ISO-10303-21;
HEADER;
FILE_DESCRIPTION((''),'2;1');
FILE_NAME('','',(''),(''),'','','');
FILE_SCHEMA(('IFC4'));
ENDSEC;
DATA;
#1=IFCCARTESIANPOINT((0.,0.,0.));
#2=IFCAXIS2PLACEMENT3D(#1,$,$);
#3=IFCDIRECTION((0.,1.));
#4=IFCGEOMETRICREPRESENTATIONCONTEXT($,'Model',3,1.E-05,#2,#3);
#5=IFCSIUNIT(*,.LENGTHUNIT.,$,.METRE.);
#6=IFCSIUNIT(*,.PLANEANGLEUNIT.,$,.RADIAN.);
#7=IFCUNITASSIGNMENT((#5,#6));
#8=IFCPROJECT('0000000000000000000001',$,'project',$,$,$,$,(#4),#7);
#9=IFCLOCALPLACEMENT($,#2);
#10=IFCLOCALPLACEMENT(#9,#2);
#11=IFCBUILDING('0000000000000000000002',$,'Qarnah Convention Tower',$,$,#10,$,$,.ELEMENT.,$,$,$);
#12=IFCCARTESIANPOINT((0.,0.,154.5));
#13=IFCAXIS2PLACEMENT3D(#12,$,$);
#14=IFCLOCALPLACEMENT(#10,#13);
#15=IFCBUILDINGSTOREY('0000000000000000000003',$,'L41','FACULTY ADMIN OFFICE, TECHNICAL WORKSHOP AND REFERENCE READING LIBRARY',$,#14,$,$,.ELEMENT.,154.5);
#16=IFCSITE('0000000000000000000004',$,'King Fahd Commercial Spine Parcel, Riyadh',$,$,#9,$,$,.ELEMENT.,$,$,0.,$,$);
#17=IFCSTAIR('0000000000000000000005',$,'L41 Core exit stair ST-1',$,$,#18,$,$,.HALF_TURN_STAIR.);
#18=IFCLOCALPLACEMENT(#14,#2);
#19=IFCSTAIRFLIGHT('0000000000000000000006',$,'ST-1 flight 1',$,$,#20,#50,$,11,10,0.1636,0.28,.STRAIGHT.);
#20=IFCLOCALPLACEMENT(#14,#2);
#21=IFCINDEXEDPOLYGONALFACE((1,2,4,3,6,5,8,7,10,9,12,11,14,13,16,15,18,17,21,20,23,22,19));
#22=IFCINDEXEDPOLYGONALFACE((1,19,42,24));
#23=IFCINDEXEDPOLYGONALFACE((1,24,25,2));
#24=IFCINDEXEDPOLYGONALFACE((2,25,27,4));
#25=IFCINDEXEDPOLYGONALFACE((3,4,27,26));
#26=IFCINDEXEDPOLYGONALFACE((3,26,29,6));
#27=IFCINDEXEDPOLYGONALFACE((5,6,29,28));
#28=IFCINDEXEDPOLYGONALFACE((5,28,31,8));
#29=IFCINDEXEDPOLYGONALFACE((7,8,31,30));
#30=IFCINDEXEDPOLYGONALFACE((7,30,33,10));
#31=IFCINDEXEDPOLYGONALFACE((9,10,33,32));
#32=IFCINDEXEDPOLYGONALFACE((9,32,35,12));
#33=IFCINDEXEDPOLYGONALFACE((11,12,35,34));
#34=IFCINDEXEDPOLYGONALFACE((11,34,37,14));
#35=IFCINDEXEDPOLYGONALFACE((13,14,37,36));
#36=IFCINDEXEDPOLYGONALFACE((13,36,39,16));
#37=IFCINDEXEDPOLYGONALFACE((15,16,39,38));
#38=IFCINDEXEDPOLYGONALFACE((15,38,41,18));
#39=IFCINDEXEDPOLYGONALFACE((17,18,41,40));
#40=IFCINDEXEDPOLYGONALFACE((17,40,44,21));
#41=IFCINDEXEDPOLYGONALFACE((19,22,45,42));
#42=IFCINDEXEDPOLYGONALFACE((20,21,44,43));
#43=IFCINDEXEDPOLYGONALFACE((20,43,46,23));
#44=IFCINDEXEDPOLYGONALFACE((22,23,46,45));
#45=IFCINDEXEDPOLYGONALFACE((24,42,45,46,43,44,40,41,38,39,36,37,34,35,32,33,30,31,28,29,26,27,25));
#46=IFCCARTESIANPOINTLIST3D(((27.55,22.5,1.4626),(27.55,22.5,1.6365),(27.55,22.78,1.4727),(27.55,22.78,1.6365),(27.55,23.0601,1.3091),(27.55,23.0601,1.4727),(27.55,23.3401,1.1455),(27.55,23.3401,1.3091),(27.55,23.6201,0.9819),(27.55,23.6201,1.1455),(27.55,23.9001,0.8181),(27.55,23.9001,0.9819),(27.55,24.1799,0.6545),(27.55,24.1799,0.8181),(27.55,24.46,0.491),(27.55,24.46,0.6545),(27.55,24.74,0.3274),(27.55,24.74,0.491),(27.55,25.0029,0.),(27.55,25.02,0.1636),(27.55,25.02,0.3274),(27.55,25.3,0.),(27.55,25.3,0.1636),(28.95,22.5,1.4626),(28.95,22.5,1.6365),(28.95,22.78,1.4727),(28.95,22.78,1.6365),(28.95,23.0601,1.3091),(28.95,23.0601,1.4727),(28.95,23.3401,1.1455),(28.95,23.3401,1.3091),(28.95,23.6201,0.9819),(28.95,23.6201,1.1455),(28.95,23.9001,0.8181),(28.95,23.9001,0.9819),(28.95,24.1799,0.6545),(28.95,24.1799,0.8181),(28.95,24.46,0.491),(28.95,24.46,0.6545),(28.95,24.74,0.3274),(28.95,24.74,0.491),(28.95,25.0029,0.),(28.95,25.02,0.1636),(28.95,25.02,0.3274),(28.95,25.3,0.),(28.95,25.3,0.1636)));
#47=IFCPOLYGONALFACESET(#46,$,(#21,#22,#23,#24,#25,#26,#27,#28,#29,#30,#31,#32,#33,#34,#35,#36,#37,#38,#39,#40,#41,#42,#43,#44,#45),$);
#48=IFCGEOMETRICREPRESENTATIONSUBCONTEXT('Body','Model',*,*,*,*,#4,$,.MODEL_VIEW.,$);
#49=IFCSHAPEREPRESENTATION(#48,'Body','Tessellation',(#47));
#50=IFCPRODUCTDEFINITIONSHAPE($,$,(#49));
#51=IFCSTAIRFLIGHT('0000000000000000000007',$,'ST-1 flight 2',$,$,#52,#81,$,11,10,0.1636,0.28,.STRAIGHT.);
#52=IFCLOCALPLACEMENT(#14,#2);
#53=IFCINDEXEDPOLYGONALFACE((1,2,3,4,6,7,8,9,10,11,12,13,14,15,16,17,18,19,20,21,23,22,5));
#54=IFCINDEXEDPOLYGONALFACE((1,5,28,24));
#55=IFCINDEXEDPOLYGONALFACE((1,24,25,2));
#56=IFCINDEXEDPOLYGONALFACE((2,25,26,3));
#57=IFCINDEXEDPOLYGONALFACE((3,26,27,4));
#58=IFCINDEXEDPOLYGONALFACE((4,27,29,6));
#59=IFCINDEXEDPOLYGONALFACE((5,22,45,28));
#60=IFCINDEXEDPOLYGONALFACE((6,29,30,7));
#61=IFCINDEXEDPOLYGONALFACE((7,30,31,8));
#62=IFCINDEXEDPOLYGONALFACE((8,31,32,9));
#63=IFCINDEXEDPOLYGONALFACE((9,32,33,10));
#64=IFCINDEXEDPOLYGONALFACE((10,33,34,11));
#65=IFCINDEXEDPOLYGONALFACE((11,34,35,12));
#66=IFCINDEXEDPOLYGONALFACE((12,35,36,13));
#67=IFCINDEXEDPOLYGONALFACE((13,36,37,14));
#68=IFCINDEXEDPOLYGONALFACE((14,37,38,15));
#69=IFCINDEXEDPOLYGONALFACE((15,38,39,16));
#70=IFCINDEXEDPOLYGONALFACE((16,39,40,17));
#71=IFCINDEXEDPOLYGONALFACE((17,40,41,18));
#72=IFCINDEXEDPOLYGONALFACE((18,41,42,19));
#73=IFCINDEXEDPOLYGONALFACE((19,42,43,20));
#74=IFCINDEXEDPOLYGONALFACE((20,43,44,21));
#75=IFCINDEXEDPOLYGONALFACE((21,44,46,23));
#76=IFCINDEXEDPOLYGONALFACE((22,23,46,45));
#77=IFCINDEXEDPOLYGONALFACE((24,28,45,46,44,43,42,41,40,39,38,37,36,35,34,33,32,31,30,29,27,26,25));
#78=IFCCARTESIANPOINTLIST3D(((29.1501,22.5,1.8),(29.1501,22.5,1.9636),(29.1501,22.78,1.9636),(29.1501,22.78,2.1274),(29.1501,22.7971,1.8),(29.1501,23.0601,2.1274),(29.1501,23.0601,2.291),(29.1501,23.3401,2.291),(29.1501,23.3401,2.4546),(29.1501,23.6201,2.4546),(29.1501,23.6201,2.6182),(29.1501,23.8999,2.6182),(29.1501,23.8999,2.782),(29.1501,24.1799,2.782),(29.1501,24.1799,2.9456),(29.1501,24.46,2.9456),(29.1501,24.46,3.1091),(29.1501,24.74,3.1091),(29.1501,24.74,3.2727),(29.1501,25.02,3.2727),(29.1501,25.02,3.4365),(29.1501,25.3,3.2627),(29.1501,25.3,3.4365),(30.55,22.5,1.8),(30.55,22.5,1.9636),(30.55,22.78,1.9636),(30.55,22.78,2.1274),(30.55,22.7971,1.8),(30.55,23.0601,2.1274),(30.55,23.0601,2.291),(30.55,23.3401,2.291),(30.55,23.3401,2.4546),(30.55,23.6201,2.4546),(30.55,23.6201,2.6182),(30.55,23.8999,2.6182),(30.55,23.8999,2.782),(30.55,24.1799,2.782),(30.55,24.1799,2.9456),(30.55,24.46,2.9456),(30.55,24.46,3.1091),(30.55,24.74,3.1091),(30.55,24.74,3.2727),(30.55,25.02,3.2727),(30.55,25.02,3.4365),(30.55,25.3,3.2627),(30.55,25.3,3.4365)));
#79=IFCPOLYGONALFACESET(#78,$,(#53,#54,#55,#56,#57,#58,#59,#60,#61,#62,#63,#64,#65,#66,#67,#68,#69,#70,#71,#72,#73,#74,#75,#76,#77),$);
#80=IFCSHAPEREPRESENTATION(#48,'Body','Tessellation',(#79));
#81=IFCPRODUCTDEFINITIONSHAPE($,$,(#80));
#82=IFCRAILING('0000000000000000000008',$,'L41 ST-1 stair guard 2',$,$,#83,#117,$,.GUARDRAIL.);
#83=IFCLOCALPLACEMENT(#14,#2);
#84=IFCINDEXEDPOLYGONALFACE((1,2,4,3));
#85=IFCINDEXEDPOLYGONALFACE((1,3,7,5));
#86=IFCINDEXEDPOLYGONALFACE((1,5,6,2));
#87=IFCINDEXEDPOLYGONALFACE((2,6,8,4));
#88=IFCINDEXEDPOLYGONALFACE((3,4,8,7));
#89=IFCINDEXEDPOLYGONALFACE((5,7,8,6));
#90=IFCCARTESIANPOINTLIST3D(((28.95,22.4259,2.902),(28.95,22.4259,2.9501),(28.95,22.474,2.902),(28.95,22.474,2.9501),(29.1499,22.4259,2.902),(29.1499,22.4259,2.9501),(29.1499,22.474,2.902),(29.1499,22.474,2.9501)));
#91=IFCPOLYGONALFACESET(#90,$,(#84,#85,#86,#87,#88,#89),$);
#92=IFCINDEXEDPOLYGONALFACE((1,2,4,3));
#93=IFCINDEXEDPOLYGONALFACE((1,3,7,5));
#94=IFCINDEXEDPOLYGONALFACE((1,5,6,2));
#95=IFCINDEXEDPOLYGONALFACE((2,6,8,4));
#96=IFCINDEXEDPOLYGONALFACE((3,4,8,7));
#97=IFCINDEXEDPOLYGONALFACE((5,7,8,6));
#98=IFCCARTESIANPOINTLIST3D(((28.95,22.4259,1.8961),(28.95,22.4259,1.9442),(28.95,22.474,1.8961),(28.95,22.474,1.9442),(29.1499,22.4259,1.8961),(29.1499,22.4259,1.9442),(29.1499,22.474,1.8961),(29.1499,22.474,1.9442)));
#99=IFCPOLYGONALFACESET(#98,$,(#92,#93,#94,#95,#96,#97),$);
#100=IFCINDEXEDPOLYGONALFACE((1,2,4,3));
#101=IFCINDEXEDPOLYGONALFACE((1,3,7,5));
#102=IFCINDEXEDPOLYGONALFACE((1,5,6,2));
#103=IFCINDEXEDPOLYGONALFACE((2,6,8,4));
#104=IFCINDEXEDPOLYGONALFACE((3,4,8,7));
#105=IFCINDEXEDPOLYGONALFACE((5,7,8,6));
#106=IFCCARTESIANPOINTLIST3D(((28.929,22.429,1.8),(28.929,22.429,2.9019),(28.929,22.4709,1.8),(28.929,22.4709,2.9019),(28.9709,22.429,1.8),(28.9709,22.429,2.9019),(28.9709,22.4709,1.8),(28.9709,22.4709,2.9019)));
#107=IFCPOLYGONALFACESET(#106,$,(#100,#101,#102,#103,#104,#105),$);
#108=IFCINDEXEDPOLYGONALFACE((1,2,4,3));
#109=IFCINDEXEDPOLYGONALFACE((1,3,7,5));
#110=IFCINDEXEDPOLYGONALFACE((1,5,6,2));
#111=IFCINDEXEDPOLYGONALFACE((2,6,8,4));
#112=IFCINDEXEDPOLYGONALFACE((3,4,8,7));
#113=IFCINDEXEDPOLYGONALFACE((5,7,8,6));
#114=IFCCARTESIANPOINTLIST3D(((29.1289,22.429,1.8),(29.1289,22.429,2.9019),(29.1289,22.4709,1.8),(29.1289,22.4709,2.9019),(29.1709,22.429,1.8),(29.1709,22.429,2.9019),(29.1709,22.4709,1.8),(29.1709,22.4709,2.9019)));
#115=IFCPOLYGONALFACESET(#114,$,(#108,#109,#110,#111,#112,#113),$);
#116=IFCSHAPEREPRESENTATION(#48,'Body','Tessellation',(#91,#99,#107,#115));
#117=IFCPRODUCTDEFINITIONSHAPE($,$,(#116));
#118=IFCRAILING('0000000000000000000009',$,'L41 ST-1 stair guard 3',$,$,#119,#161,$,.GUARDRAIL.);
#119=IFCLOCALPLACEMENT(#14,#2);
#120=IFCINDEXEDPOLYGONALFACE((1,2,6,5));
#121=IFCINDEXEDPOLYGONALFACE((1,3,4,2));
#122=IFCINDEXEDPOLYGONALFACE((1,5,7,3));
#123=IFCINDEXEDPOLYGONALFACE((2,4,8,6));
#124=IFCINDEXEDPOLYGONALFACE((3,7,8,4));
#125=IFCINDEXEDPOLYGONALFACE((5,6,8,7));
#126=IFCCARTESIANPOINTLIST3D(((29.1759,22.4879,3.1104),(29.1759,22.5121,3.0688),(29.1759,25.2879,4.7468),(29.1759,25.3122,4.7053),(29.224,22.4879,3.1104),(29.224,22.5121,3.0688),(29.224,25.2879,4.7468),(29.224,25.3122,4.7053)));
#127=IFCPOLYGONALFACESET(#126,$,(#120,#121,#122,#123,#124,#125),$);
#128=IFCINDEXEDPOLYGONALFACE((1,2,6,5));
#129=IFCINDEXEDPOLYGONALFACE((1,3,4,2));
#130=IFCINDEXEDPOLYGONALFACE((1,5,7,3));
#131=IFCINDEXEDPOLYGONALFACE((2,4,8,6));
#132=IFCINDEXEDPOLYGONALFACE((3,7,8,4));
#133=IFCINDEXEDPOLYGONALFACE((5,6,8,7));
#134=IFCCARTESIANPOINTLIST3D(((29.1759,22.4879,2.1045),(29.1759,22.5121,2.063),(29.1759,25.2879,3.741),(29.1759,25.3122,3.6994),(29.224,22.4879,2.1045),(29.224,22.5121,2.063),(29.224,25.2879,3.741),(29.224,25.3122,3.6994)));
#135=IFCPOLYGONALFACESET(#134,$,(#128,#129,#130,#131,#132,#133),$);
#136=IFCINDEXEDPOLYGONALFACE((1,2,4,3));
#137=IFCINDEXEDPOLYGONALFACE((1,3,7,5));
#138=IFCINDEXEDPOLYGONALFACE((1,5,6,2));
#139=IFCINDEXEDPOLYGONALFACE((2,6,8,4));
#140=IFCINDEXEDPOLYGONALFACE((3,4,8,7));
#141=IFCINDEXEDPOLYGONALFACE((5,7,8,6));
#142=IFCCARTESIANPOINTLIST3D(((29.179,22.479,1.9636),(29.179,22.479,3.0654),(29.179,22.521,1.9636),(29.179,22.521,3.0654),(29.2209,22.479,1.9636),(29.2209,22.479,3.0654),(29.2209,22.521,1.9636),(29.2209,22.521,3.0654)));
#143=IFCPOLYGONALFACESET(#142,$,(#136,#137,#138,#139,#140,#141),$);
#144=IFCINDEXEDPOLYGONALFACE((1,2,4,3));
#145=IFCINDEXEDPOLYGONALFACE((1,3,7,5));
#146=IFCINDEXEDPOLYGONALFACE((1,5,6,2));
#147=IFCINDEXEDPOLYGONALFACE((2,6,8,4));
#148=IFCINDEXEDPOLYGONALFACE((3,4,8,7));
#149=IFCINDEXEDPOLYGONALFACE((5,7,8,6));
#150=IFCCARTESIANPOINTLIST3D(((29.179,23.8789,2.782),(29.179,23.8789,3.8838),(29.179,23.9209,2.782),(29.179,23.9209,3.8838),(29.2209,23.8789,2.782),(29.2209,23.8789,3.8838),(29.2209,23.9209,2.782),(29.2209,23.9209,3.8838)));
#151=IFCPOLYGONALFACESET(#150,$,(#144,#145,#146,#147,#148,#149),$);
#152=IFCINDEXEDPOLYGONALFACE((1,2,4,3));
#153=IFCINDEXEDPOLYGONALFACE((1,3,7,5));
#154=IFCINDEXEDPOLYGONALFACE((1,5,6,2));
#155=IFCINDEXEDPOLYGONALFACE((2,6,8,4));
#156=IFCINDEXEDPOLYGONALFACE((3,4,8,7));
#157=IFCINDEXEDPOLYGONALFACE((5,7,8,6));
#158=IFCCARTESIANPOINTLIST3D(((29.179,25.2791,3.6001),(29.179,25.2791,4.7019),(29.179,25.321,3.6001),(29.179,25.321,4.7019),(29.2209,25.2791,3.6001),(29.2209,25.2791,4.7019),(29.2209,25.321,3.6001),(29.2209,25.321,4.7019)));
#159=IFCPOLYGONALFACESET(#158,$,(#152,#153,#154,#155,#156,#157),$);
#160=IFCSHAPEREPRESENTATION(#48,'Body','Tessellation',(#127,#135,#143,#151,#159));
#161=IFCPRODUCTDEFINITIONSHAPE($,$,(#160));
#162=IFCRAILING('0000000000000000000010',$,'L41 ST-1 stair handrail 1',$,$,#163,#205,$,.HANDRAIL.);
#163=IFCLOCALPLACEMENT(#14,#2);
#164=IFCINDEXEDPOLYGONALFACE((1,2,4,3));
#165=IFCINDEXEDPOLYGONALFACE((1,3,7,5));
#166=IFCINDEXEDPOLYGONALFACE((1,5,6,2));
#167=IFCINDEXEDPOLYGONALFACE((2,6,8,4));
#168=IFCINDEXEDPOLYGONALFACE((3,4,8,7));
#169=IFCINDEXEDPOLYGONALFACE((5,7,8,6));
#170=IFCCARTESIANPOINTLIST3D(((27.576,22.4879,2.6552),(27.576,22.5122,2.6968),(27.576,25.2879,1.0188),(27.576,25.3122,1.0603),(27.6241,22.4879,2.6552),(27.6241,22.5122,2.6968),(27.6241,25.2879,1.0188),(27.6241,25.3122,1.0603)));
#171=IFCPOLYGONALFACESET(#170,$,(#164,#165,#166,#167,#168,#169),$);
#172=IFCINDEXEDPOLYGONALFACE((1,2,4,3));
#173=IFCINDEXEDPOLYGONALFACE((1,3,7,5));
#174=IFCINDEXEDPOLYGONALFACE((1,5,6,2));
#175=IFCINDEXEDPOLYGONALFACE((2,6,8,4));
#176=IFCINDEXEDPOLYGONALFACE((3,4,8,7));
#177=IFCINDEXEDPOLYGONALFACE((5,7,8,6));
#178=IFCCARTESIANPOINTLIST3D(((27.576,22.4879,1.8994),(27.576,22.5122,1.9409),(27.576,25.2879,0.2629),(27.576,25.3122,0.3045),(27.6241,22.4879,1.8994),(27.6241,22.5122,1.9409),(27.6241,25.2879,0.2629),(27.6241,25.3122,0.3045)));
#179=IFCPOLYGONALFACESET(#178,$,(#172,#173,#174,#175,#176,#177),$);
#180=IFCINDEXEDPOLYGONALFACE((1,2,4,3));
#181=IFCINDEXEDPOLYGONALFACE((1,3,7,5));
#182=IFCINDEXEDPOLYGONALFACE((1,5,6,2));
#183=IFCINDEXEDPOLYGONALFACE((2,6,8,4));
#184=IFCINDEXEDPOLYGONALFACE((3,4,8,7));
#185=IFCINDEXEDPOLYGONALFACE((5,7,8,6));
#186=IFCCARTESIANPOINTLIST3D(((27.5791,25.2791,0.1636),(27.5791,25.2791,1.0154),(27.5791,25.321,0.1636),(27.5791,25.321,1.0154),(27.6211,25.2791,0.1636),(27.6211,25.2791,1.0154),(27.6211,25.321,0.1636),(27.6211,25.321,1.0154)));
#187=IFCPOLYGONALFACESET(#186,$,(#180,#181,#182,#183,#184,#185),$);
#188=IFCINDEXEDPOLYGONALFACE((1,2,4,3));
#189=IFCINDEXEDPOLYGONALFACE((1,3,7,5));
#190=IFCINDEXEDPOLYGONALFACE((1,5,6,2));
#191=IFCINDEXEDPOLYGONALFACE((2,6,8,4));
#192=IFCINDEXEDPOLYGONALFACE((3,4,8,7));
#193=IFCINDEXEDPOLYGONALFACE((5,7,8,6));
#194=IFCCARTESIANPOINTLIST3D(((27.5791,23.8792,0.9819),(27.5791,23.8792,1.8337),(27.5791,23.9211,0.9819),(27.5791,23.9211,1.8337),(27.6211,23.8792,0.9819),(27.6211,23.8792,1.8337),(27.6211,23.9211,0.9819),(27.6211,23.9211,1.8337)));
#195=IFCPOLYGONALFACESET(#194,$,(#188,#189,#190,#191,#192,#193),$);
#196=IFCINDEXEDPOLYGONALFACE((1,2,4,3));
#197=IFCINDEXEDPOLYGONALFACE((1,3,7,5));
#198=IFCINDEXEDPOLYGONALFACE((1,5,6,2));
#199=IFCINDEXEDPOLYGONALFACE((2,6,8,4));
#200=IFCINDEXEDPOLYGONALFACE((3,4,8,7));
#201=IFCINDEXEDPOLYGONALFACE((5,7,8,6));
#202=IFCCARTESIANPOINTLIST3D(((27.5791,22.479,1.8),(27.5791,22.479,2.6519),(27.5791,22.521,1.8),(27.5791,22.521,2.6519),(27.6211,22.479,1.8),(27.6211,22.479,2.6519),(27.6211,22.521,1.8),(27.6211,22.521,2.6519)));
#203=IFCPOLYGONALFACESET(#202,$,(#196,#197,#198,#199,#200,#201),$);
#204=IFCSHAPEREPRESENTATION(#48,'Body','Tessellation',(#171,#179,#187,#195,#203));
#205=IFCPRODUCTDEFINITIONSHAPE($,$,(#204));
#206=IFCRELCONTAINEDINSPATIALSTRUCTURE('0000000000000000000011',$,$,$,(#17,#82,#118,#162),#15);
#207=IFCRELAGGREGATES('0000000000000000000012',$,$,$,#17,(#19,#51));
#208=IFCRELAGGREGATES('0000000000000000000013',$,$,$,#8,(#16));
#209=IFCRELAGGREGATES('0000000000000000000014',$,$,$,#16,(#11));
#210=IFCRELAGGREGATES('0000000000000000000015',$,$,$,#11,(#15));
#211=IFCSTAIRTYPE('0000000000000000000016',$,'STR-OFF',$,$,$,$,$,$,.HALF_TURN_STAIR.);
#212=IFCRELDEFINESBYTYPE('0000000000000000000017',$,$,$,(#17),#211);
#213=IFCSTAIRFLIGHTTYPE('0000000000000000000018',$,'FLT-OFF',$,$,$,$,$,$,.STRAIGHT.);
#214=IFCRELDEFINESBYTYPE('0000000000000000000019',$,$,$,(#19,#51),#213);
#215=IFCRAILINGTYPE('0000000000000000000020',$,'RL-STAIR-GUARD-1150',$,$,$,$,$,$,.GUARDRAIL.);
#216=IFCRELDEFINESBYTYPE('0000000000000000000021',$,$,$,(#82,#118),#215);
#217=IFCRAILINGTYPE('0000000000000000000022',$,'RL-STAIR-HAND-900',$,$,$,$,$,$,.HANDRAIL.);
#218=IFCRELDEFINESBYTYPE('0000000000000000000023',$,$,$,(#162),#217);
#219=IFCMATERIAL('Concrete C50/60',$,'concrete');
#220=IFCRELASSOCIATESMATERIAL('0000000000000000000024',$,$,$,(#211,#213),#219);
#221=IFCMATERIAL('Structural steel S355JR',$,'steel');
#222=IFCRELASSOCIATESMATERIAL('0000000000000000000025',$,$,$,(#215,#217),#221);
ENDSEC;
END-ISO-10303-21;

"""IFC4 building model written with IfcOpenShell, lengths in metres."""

from ifc_helpers import new_model, si_unit, direction, frame, origin, origin_2d, place, context, subcontext, project, spatial, polyline, rectangle, outline, extrude, material, type_object, element, aggregate, save


model = new_model("IFC4")

# Units and contexts
model_context = context("Model", 3, precision=1e-05, world=origin(), true_north=direction((0.0, 1.0)))
body_context = subcontext(model_context, "Body", "Model", "MODEL_VIEW")
ifc_project = project(units=[si_unit("LENGTHUNIT", "METRE"), si_unit("PLANEANGLEUNIT", "RADIAN")], contexts=[model_context])

# Site, building, storey
site_placement = place(None, origin())
site = spatial("IfcSite", under=ifc_project, at=site_placement, Name="King Fahd Commercial Spine Parcel, Riyadh", CompositionType="ELEMENT", RefElevation=0.0)
building_placement = place(site_placement, origin())
building = spatial("IfcBuilding", under=site, at=building_placement, Name="Qarnah Convention Tower", CompositionType="ELEMENT")
storey_placement = place(building_placement, frame((0.0, 0.0, 154.5)))
storey = spatial("IfcBuildingStorey", under=building, at=storey_placement, Name="L41", Description="FACULTY ADMIN OFFICE, TECHNICAL WORKSHOP AND REFERENCE READING LIBRARY", CompositionType="ELEMENT", Elevation=154.5)

# Shared definitions
ifc_material_1 = material(Name="Structural steel S355JR", Category="steel")

# Stair, stair flights
ifc_material_2 = material(Name="Concrete C50/60", Category="concrete")
stair_type = type_object("IfcStairType", Name="STR-OFF", PredefinedType="HALF_TURN_STAIR", material=ifc_material_2)
stair_placement = place(storey_placement, origin())
stair = element("IfcStair", 1, at=stair_placement, inside=storey, type_object=stair_type, Name="L41 Core exit stair ST-1", PredefinedType="HALF_TURN_STAIR")
stair_flight_type = type_object("IfcStairFlightType", Name="FLT-OFF", PredefinedType="STRAIGHT", material=ifc_material_2)
stair_flight_1_placement = place(storey_placement, frame((28.25, 25.3, 0.0), z_axis=(0.0, 0.0, 1.0), x_axis=(0.0, -1.0, 0.0)))
stair_flight_1 = element("IfcStairFlight", 2, at=stair_flight_1_placement, type_object=stair_flight_type, Name="ST-1 flight 1", NumberOfRisers=11, NumberOfTreads=10, PredefinedType="STRAIGHT", RiserHeight=0.1636, TreadLength=0.28, context=body_context, shape_type="SweptSolid", body=[
    extrude(outline(polyline([(0.0, 0.0), (0.0, 0.1636), (0.28, 0.1636), (0.28, 0.3274), (0.5601, 0.3274), (0.5601, 0.491), (0.8401, 0.491), (0.8401, 0.6545), (1.1201, 0.6545), (1.1201, 0.8181), (1.3999, 0.8181), (1.3999, 0.9819), (1.6799, 0.9819), (1.6799, 1.1455), (1.96, 1.1455), (1.96, 1.3091), (2.24, 1.3091), (2.24, 1.4727), (2.52, 1.4727), (2.52, 1.6365), (2.8, 1.6365), (2.8, 1.8), (2.8, 1.4626), (0.2971, 0.0), (0.0, 0.0)])), frame((0.0, 0.7, 0.0), z_axis=(0.0, -1.0, 0.0), x_axis=(1.0, 0.0, 0.0)), (0.0, 0.0, 1.0), 1.3999),
])
stair_flight_2_placement = place(storey_placement, frame((29.8501, 22.5, 1.8), z_axis=(0.0, 0.0, 1.0), x_axis=(0.0, 1.0, 0.0)))
stair_flight_2 = element("IfcStairFlight", 3, at=stair_flight_2_placement, type_object=stair_flight_type, Name="ST-1 flight 2", NumberOfRisers=11, NumberOfTreads=10, PredefinedType="STRAIGHT", RiserHeight=0.1636, TreadLength=0.28, context=body_context, shape_type="SweptSolid", body=[
    extrude(outline(polyline([(0.0, 0.0), (0.0, 0.1636), (0.28, 0.1636), (0.28, 0.3274), (0.5601, 0.3274), (0.5601, 0.491), (0.8401, 0.491), (0.8401, 0.6545), (1.1201, 0.6545), (1.1201, 0.8181), (1.3999, 0.8181), (1.3999, 0.9819), (1.6799, 0.9819), (1.6799, 1.1455), (1.96, 1.1455), (1.96, 1.3091), (2.24, 1.3091), (2.24, 1.4727), (2.52, 1.4727), (2.52, 1.6365), (2.8, 1.6365), (2.8, 1.8), (2.8, 1.4626), (0.2971, 0.0), (0.0, 0.0)])), frame((0.0, 0.7, 0.0), z_axis=(0.0, -1.0, 0.0), x_axis=(1.0, 0.0, 0.0)), (0.0, 0.0, 1.0), 1.3999),
])
aggregate(stair, [stair_flight_1, stair_flight_2])

# Railings
railing_type_1 = type_object("IfcRailingType", Name="RL-STAIR-GUARD-1150", PredefinedType="GUARDRAIL", material=ifc_material_1)
railing_1_placement = place(storey_placement, frame((28.95, 22.45, 1.8)))
element("IfcRailing", 4, at=railing_1_placement, inside=storey, type_object=railing_type_1, Name="L41 ST-1 stair guard 2", PredefinedType="GUARDRAIL", context=body_context, shape_type="SweptSolid", body=[
    extrude(rectangle(XDim=0.0481, YDim=0.0481, at=origin_2d()), frame((0.0, 0.0, 1.126), z_axis=(1.0, 0.0, 0.0), x_axis=(0.0, 1.0, 0.0)), (0.0, 0.0, 1.0), 0.2),
    extrude(rectangle(XDim=0.0481, YDim=0.0481, at=origin_2d()), frame((0.0, 0.0, 0.1201), z_axis=(1.0, 0.0, 0.0), x_axis=(0.0, 1.0, 0.0)), (0.0, 0.0, 1.0), 0.2),
    extrude(rectangle(XDim=0.042, YDim=0.042, at=origin_2d()), origin(), (0.0, 0.0, 1.0), 1.1018),
    extrude(rectangle(XDim=0.042, YDim=0.042, at=origin_2d()), frame((0.2, 0.0, 0.0)), (0.0, 0.0, 1.0), 1.1018),
])
railing_2_placement = place(storey_placement, frame((29.2, 22.5, 1.9636)))
element("IfcRailing", 5, at=railing_2_placement, inside=storey, type_object=railing_type_1, Name="L41 ST-1 stair guard 3", PredefinedType="GUARDRAIL", context=body_context, shape_type="SweptSolid", body=[
    extrude(rectangle(XDim=0.0481, YDim=0.0481, at=origin_2d()), frame((0.0, 0.0, 1.126), z_axis=(0.0, 0.863361, 0.504587), x_axis=(-1.0, 0.0, 0.0)), (0.0, 0.0, 1.0), 3.2432),
    extrude(rectangle(XDim=0.0481, YDim=0.0481, at=origin_2d()), frame((0.0, 0.0, 0.1201), z_axis=(0.0, 0.863361, 0.504587), x_axis=(-1.0, 0.0, 0.0)), (0.0, 0.0, 1.0), 3.2432),
    extrude(rectangle(XDim=0.042, YDim=0.042, at=origin_2d()), origin(), (0.0, 0.0, 1.0), 1.1018),
    extrude(rectangle(XDim=0.042, YDim=0.042, at=origin_2d()), frame((0.0, 1.3999, 0.8184)), (0.0, 0.0, 1.0), 1.1018),
    extrude(rectangle(XDim=0.042, YDim=0.042, at=origin_2d()), frame((0.0, 2.8, 1.6365)), (0.0, 0.0, 1.0), 1.1018),
])
railing_type_2 = type_object("IfcRailingType", Name="RL-STAIR-HAND-900", PredefinedType="HANDRAIL", material=ifc_material_1)
railing_3_placement = place(storey_placement, frame((27.6001, 25.3, 0.1636)))
element("IfcRailing", 6, at=railing_3_placement, inside=storey, type_object=railing_type_2, Name="L41 ST-1 stair handrail 1", PredefinedType="HANDRAIL", context=body_context, shape_type="SweptSolid", body=[
    extrude(rectangle(XDim=0.0481, YDim=0.0481, at=origin_2d()), frame((0.0, 0.0, 0.876), z_axis=(0.0, -0.863361, 0.504587), x_axis=(1.0, 0.0, 0.0)), (0.0, 0.0, 1.0), 3.2432),
    extrude(rectangle(XDim=0.0481, YDim=0.0481, at=origin_2d()), frame((0.0, 0.0, 0.1201), z_axis=(0.0, -0.863361, 0.504587), x_axis=(1.0, 0.0, 0.0)), (0.0, 0.0, 1.0), 3.2432),
    extrude(rectangle(XDim=0.042, YDim=0.042, at=origin_2d()), origin(), (0.0, 0.0, 1.0), 0.8518),
    extrude(rectangle(XDim=0.042, YDim=0.042, at=origin_2d()), frame((0.0, -1.3999, 0.8184)), (0.0, 0.0, 1.0), 0.8518),
    extrude(rectangle(XDim=0.042, YDim=0.042, at=origin_2d()), frame((0.0, -2.8, 1.6365)), (0.0, 0.0, 1.0), 0.8518),
])

save(model, "model.ifc")
